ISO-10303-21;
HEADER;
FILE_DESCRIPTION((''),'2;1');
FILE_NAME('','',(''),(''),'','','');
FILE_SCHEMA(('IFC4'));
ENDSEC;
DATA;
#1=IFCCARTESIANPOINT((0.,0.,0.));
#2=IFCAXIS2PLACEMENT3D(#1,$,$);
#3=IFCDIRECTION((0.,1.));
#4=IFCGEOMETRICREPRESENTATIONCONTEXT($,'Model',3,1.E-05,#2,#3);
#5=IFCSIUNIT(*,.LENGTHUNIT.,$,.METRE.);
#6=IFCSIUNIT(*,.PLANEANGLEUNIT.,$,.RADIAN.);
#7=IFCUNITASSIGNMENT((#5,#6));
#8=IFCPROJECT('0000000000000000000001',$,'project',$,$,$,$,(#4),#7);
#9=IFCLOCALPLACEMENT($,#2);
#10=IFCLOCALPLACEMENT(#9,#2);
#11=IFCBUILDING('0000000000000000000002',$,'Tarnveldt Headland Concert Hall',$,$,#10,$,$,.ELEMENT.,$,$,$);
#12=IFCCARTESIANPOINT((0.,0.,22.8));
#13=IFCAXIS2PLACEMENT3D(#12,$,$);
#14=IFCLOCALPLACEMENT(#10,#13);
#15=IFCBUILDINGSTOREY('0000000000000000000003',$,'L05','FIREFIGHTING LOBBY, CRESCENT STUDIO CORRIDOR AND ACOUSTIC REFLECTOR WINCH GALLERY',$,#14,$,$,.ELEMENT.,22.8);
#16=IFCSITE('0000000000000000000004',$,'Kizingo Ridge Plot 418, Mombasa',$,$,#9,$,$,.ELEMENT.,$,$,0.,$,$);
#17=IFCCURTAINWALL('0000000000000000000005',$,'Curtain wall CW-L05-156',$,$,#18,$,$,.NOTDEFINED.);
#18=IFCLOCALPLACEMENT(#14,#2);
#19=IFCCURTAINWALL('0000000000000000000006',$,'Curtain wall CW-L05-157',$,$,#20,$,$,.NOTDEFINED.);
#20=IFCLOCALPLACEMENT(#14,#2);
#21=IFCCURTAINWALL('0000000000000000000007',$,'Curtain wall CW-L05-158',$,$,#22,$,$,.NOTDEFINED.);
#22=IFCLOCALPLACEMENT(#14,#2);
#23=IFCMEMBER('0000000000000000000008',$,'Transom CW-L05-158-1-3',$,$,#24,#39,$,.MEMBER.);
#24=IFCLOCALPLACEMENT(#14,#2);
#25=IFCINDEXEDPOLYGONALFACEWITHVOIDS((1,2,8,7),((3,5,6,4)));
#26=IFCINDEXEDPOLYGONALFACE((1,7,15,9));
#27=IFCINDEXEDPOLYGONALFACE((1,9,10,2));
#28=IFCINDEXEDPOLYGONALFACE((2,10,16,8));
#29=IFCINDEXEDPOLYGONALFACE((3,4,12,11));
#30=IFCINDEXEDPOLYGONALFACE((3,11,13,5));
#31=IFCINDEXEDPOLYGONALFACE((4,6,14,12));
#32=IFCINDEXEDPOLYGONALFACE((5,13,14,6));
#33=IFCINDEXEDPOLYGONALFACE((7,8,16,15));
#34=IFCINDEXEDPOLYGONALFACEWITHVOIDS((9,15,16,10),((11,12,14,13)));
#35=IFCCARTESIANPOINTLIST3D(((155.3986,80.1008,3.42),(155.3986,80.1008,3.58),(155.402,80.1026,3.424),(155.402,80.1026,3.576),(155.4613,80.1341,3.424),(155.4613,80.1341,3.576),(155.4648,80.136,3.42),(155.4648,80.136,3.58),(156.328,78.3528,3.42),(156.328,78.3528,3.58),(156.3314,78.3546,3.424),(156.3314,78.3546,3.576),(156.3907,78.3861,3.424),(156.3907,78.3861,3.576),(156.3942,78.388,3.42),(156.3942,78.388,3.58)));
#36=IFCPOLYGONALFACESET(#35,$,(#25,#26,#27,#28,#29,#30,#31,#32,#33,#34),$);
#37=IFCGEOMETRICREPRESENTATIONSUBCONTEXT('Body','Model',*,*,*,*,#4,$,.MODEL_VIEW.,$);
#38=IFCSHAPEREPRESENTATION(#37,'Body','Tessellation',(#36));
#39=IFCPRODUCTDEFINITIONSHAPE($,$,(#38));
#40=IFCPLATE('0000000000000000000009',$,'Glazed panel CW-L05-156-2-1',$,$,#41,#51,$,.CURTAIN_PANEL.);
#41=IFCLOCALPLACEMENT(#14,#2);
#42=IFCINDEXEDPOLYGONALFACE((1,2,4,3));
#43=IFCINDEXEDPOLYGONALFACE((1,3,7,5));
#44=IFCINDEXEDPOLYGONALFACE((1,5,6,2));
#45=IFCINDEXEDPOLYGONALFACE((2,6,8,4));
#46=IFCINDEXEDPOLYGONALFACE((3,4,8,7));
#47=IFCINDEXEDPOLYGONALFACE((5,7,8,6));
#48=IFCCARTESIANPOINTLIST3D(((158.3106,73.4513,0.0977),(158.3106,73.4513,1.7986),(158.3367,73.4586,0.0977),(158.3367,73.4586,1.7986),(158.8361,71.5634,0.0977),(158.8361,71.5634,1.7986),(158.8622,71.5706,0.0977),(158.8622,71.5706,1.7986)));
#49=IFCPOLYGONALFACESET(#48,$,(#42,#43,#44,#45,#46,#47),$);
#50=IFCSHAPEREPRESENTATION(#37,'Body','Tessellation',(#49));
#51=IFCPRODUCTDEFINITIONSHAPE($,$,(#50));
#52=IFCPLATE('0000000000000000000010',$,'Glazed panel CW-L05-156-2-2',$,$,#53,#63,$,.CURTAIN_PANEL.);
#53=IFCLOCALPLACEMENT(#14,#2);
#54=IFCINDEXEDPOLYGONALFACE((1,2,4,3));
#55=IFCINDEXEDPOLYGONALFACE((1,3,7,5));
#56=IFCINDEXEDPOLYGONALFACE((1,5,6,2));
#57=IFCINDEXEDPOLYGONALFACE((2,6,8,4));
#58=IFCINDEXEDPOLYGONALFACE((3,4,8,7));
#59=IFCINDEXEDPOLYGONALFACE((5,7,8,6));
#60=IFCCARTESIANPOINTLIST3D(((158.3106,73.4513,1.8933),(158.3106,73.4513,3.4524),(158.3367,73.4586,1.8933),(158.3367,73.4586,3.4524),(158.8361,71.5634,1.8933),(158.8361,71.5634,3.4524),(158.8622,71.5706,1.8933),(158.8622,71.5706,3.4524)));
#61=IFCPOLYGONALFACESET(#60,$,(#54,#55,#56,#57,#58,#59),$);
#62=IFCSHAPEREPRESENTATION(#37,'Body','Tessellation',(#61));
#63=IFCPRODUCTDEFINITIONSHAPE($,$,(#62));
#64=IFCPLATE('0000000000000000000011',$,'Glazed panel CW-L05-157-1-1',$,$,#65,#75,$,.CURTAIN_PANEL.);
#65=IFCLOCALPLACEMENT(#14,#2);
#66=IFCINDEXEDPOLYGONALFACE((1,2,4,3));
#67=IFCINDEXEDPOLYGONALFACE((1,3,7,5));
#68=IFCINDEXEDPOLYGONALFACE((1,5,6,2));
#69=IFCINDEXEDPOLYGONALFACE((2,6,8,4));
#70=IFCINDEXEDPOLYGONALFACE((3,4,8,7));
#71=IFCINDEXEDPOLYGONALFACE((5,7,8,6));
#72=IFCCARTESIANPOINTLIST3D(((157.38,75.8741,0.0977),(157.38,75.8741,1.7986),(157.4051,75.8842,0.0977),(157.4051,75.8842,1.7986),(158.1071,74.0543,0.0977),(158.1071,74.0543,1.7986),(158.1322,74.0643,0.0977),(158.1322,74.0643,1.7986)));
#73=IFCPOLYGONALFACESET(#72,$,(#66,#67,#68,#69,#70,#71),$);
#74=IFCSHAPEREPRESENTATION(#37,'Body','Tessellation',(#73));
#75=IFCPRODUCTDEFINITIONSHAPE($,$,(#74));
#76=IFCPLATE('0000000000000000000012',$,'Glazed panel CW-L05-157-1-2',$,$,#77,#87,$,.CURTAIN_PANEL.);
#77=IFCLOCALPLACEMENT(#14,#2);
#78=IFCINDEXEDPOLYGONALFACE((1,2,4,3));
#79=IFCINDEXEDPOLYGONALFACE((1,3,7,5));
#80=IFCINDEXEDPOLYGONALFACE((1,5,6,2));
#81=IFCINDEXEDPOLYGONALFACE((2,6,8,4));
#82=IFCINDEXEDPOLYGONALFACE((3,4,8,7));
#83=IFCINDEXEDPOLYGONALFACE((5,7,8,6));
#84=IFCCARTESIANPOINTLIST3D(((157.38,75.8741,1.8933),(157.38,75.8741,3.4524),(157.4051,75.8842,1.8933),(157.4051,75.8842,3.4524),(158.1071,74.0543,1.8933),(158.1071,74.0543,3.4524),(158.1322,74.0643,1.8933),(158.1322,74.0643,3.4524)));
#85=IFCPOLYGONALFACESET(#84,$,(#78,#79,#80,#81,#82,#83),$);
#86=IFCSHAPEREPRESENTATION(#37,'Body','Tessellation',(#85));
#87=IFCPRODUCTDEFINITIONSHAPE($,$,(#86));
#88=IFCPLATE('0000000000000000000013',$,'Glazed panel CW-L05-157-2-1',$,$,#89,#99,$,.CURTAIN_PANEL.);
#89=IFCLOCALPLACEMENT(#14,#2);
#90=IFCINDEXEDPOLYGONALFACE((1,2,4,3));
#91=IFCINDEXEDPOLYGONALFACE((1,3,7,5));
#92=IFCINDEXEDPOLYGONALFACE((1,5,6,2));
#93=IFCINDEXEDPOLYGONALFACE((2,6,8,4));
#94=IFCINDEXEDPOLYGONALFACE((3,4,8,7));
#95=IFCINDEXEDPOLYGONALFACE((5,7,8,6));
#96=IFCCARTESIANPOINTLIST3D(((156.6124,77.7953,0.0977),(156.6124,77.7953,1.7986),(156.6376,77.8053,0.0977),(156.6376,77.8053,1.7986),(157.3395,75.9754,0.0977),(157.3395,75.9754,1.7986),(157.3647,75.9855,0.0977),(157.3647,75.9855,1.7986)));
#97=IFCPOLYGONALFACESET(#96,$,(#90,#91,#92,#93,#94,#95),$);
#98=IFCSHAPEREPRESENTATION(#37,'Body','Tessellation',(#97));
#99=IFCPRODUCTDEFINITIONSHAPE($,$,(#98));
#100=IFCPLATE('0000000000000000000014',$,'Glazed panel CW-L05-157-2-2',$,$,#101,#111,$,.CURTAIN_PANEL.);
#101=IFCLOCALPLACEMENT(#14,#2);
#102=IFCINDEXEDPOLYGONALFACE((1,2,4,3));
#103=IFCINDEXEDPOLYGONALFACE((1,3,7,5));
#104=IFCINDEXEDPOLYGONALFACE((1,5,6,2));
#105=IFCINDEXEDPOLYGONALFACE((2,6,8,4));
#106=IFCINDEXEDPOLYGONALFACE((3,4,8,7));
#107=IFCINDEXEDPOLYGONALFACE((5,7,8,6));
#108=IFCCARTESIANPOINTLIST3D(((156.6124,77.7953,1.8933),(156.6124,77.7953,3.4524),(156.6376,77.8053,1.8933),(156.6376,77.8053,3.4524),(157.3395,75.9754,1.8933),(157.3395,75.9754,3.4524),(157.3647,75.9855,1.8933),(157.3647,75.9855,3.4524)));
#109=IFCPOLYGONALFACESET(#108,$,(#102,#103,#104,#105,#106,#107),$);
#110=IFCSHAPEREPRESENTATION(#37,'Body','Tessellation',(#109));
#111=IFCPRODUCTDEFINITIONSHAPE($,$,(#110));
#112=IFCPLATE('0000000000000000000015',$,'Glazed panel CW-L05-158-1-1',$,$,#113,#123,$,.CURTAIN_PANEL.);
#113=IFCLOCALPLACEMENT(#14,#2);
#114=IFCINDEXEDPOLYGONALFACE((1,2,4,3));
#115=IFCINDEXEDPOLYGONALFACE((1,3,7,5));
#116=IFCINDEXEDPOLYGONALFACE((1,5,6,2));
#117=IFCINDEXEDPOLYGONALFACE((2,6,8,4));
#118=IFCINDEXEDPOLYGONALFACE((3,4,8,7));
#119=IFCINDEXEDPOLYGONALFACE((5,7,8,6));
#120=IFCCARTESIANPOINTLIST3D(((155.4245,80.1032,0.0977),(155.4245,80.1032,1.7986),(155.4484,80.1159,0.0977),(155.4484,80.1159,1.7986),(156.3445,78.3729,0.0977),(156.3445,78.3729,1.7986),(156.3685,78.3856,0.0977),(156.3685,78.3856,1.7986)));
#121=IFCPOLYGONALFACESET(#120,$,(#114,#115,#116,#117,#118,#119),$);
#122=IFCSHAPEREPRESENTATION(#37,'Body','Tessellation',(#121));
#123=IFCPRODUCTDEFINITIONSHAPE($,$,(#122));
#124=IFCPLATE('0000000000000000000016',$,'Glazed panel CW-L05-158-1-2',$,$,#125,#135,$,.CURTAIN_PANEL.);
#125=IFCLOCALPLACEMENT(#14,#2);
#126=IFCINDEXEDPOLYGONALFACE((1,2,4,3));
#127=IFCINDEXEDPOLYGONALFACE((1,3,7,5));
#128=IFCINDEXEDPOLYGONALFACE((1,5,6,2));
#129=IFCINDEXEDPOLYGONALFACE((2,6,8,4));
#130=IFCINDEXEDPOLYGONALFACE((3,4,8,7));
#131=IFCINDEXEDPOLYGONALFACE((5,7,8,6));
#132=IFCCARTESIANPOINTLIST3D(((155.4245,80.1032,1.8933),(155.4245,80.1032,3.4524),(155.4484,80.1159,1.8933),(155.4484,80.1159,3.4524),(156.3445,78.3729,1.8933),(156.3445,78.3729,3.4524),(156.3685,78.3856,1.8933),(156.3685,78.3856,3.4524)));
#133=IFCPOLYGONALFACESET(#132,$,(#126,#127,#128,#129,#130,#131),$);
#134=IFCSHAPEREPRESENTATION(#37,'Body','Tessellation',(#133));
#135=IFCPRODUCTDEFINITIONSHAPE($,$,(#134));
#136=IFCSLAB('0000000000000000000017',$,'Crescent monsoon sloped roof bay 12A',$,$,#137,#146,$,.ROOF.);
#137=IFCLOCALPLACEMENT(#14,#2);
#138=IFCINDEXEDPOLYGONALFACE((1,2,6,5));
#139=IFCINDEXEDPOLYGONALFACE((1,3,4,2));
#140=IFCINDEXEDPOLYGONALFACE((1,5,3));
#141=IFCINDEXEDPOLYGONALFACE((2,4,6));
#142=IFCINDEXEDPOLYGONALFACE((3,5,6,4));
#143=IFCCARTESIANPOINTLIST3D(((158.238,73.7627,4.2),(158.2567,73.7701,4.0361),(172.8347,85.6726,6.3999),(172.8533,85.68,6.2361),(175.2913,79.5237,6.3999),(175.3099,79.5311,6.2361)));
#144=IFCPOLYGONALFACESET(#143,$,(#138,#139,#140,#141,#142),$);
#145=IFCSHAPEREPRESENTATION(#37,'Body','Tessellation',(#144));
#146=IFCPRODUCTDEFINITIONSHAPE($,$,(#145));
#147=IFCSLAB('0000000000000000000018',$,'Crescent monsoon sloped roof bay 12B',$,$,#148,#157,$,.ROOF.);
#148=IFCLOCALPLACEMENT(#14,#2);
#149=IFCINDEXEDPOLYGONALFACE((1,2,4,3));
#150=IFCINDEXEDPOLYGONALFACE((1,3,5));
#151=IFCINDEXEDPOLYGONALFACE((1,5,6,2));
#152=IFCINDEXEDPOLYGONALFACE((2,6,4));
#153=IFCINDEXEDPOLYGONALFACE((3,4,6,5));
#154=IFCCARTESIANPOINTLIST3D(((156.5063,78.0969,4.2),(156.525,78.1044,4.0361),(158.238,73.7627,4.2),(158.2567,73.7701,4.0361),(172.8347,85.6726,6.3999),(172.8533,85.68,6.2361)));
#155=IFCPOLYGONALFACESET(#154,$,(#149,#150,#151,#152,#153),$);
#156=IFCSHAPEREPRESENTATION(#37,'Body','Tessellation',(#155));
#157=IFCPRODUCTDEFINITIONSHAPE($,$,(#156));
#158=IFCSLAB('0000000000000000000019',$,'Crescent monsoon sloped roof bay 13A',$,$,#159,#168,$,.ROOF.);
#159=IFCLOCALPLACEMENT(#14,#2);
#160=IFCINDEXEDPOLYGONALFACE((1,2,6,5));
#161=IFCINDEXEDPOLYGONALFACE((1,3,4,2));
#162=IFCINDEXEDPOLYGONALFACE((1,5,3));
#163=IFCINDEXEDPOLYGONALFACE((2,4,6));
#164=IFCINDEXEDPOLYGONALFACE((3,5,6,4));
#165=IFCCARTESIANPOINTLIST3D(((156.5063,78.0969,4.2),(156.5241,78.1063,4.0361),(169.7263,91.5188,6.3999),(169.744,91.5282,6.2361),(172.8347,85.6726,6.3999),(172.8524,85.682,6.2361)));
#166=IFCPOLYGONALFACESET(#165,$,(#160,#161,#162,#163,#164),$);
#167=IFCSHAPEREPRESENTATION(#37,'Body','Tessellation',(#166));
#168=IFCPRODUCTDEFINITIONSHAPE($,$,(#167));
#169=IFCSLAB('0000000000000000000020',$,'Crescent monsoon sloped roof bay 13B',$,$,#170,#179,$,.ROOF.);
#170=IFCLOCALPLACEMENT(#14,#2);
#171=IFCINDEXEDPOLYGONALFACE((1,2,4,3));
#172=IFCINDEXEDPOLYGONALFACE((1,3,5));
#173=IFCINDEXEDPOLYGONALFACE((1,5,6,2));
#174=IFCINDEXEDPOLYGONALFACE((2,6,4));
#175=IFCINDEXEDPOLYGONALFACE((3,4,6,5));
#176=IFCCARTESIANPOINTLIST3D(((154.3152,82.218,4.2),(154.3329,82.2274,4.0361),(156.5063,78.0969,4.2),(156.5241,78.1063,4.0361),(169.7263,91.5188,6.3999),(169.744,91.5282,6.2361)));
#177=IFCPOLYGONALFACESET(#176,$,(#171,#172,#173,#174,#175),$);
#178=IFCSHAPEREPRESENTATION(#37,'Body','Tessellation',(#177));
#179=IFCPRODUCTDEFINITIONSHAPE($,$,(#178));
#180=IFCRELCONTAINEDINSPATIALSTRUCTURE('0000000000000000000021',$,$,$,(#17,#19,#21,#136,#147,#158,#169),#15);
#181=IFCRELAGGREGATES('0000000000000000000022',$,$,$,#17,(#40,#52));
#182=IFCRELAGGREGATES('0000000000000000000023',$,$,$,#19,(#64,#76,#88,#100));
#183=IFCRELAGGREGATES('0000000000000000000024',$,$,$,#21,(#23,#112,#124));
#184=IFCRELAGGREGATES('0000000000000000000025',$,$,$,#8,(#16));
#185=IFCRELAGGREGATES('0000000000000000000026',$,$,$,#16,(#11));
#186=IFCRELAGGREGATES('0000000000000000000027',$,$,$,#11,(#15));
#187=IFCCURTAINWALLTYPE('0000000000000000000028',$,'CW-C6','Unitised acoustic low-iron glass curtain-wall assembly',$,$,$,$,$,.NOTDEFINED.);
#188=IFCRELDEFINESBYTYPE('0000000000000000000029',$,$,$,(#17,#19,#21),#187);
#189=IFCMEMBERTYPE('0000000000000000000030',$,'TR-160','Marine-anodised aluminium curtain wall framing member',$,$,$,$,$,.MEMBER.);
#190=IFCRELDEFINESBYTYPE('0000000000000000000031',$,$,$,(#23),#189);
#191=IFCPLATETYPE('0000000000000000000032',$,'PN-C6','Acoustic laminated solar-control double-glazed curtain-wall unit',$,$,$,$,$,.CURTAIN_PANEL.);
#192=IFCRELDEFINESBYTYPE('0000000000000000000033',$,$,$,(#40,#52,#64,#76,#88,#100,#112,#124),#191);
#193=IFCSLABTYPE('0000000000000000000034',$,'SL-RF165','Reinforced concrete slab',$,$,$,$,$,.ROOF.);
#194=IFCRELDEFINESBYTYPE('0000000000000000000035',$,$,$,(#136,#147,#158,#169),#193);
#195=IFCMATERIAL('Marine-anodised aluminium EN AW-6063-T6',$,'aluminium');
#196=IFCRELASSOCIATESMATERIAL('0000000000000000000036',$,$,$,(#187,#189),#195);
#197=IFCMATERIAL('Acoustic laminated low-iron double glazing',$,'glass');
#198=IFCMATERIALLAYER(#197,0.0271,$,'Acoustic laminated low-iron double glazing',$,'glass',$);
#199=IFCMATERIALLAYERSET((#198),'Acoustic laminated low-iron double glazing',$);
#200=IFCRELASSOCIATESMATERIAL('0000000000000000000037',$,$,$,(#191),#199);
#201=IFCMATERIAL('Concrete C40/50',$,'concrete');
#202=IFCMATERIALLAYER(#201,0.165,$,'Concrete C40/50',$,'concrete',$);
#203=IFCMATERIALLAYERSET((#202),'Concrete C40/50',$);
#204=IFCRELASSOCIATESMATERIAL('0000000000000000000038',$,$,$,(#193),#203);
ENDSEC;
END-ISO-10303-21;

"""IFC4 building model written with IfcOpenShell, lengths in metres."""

from ifc_helpers import new_model, si_unit, direction, frame, origin, origin_2d, place, context, subcontext, project, spatial, polyline, rectangle, hollow_rectangle, outline, extrude, material, layer, layer_set, material_profile, profile_set, type_object, element, aggregate, save


model = new_model("IFC4")

# Units and contexts
model_context = context("Model", 3, precision=1e-05, world=origin(), true_north=direction((0.0, 1.0)))
body_context = subcontext(model_context, "Body", "Model", "MODEL_VIEW")
ifc_project = project(units=[si_unit("LENGTHUNIT", "METRE"), si_unit("PLANEANGLEUNIT", "RADIAN")], contexts=[model_context])

# Site, building, storey
site_placement = place(None, origin())
site = spatial("IfcSite", under=ifc_project, at=site_placement, Name="Kizingo Ridge Plot 418, Mombasa", CompositionType="ELEMENT", RefElevation=0.0)
building_placement = place(site_placement, origin())
building = spatial("IfcBuilding", under=site, at=building_placement, Name="Tarnveldt Headland Concert Hall", CompositionType="ELEMENT")
storey_placement = place(building_placement, frame((0.0, 0.0, 22.8)))
storey = spatial("IfcBuildingStorey", under=building, at=storey_placement, Name="L05", Description="FIREFIGHTING LOBBY, CRESCENT STUDIO CORRIDOR AND ACOUSTIC REFLECTOR WINCH GALLERY", CompositionType="ELEMENT", Elevation=22.8)

# Curtain walls
ifc_material_1 = material(Name="Marine-anodised aluminium EN AW-6063-T6", Category="aluminium")
curtain_wall_type = type_object("IfcCurtainWallType", Name="CW-C6", Description="Unitised acoustic low-iron glass curtain-wall assembly", PredefinedType="NOTDEFINED", material=ifc_material_1)
curtain_wall_1_placement = place(storey_placement, origin())
curtain_wall_1 = element("IfcCurtainWall", 1, at=curtain_wall_1_placement, inside=storey, type_object=curtain_wall_type, Name="Curtain wall CW-L05-156", PredefinedType="NOTDEFINED")
curtain_wall_2_placement = place(storey_placement, origin())
curtain_wall_2 = element("IfcCurtainWall", 2, at=curtain_wall_2_placement, inside=storey, type_object=curtain_wall_type, Name="Curtain wall CW-L05-157", PredefinedType="NOTDEFINED")

# Curtain wall
curtain_wall_3_placement = place(storey_placement, origin())
curtain_wall_3 = element("IfcCurtainWall", 3, at=curtain_wall_3_placement, inside=storey, type_object=curtain_wall_type, Name="Curtain wall CW-L05-158", PredefinedType="NOTDEFINED")

# Member
ifc_material_profile_1 = material_profile(ifc_material_1, hollow_rectangle(XDim=0.075, YDim=0.1599, WallThickness=0.0039, at=origin_2d()), Name="ALU TRANSOM 75x160x4", Category="aluminium")
ifc_profile_set_1 = profile_set([ifc_material_profile_1], Name="Marine-anodised aluminium EN AW-6063-T6")
member_type_1 = type_object("IfcMemberType", Name="TR-160", Description="Marine-anodised aluminium curtain wall framing member", PredefinedType="MEMBER", material=ifc_profile_set_1)
member_1_placement = place(storey_placement, frame((156.3611, 78.3704, 3.5), z_axis=(-0.469468, 0.88295, 0.0), x_axis=(-0.88295, -0.469468, 0.0)))
member_1 = element("IfcMember", 4, at=member_1_placement, type_object=member_type_1, Name="Transom CW-L05-158-1-3", PredefinedType="MEMBER", context=body_context, shape_type="SweptSolid", body=[
    extrude(hollow_rectangle(XDim=0.075, YDim=0.1599, WallThickness=0.0039, at=origin_2d()), origin(), (0.0, 0.0, 1.0), 1.9797),
])

# Plates
ifc_material_2 = material(Name="Acoustic laminated low-iron double glazing", Category="glass")
ifc_layer_1 = layer(ifc_material_2, 0.0271, Name="Acoustic laminated low-iron double glazing", Category="glass")
ifc_layer_set_1 = layer_set([ifc_layer_1], Name="Acoustic laminated low-iron double glazing")
plate_type = type_object("IfcPlateType", Name="PN-C6", Description="Acoustic laminated solar-control double-glazed curtain-wall unit", PredefinedType="CURTAIN_PANEL", material=ifc_layer_set_1)
plate_1_placement = place(storey_placement, frame((158.5864, 72.511, 0.0977), z_axis=(0.0, 0.0, 1.0), x_axis=(-0.268146, 0.963378, 0.0)))
plate_1 = element("IfcPlate", 5, at=plate_1_placement, type_object=plate_type, Name="Glazed panel CW-L05-156-2-1", PredefinedType="CURTAIN_PANEL", context=body_context, shape_type="SweptSolid", body=[
    extrude(rectangle(XDim=1.9597, YDim=0.0271, at=origin_2d()), origin(), (0.0, 0.0, 1.0), 1.7009),
])
plate_2_placement = place(storey_placement, frame((158.5864, 72.511, 1.8933), z_axis=(0.0, 0.0, 1.0), x_axis=(-0.268146, 0.963378, 0.0)))
plate_2 = element("IfcPlate", 6, at=plate_2_placement, type_object=plate_type, Name="Glazed panel CW-L05-156-2-2", PredefinedType="CURTAIN_PANEL", context=body_context, shape_type="SweptSolid", body=[
    extrude(rectangle(XDim=1.9597, YDim=0.0271, at=origin_2d()), origin(), (0.0, 0.0, 1.0), 1.5591),
])
aggregate(curtain_wall_1, [plate_1, plate_2])
plate_3_placement = place(storey_placement, frame((157.7561, 74.9692, 0.0977), z_axis=(0.0, 0.0, 1.0), x_axis=(-0.371028, 0.928622, 0.0)))
plate_3 = element("IfcPlate", 7, at=plate_3_placement, type_object=plate_type, Name="Glazed panel CW-L05-157-1-1", PredefinedType="CURTAIN_PANEL", context=body_context, shape_type="SweptSolid", body=[
    extrude(rectangle(XDim=1.9597, YDim=0.0271, at=origin_2d()), origin(), (0.0, 0.0, 1.0), 1.7009),
])
plate_4_placement = place(storey_placement, frame((157.7561, 74.9692, 1.8933), z_axis=(0.0, 0.0, 1.0), x_axis=(-0.371028, 0.928622, 0.0)))
plate_4 = element("IfcPlate", 8, at=plate_4_placement, type_object=plate_type, Name="Glazed panel CW-L05-157-1-2", PredefinedType="CURTAIN_PANEL", context=body_context, shape_type="SweptSolid", body=[
    extrude(rectangle(XDim=1.9597, YDim=0.0271, at=origin_2d()), origin(), (0.0, 0.0, 1.0), 1.5591),
])
plate_5_placement = place(storey_placement, frame((156.9885, 76.8904, 0.0977), z_axis=(0.0, 0.0, 1.0), x_axis=(-0.371028, 0.928622, 0.0)))
plate_5 = element("IfcPlate", 9, at=plate_5_placement, type_object=plate_type, Name="Glazed panel CW-L05-157-2-1", PredefinedType="CURTAIN_PANEL", context=body_context, shape_type="SweptSolid", body=[
    extrude(rectangle(XDim=1.9597, YDim=0.0271, at=origin_2d()), origin(), (0.0, 0.0, 1.0), 1.7009),
])
plate_6_placement = place(storey_placement, frame((156.9885, 76.8904, 1.8933), z_axis=(0.0, 0.0, 1.0), x_axis=(-0.371028, 0.928622, 0.0)))
plate_6 = element("IfcPlate", 10, at=plate_6_placement, type_object=plate_type, Name="Glazed panel CW-L05-157-2-2", PredefinedType="CURTAIN_PANEL", context=body_context, shape_type="SweptSolid", body=[
    extrude(rectangle(XDim=1.9597, YDim=0.0271, at=origin_2d()), origin(), (0.0, 0.0, 1.0), 1.5591),
])
aggregate(curtain_wall_2, [plate_3, plate_4, plate_5, plate_6])
plate_7_placement = place(storey_placement, frame((155.8965, 79.2444, 0.0977), z_axis=(0.0, 0.0, 1.0), x_axis=(-0.469472, 0.882948, 0.0)))
plate_7 = element("IfcPlate", 11, at=plate_7_placement, type_object=plate_type, Name="Glazed panel CW-L05-158-1-1", PredefinedType="CURTAIN_PANEL", context=body_context, shape_type="SweptSolid", body=[
    extrude(rectangle(XDim=1.9597, YDim=0.0271, at=origin_2d()), origin(), (0.0, 0.0, 1.0), 1.7009),
])
plate_8_placement = place(storey_placement, frame((155.8965, 79.2444, 1.8933), z_axis=(0.0, 0.0, 1.0), x_axis=(-0.469472, 0.882948, 0.0)))
plate_8 = element("IfcPlate", 12, at=plate_8_placement, type_object=plate_type, Name="Glazed panel CW-L05-158-1-2", PredefinedType="CURTAIN_PANEL", context=body_context, shape_type="SweptSolid", body=[
    extrude(rectangle(XDim=1.9597, YDim=0.0271, at=origin_2d()), origin(), (0.0, 0.0, 1.0), 1.5591),
])
aggregate(curtain_wall_3, [member_1, plate_7, plate_8])

# Slabs
ifc_material_3 = material(Name="Concrete C40/50", Category="concrete")
ifc_layer_2 = layer(ifc_material_3, 0.165, Name="Concrete C40/50", Category="concrete")
ifc_layer_set_2 = layer_set([ifc_layer_2], Name="Concrete C40/50")
slab_type = type_object("IfcSlabType", Name="SL-RF165", Description="Reinforced concrete slab", PredefinedType="ROOF", material=ifc_layer_set_2)
slab_1_placement = place(storey_placement, frame((158.238, 73.7627, 4.2), z_axis=(-0.112822, -0.045073, 0.992592), x_axis=(0.940402, 0.31769, 0.121317)))
element("IfcSlab", 13, at=slab_1_placement, inside=storey, type_object=slab_type, Name="Crescent monsoon sloped roof bay 12A", PredefinedType="ROOF", context=body_context, shape_type="SweptSolid", body=[
    extrude(outline(polyline([(0.0, 0.0), (18.134, 0.0), (17.7773, 6.6119), (0.0, 0.0)])), origin(), (0.0, 0.0, -1.0), 0.165),
])
slab_2_placement = place(storey_placement, frame((158.238, 73.7627, 4.2), z_axis=(-0.11282, -0.045076, 0.992592), x_axis=(0.769581, 0.627927, 0.115988)))
element("IfcSlab", 14, at=slab_2_placement, inside=storey, type_object=slab_type, Name="Crescent monsoon sloped roof bay 12B", PredefinedType="ROOF", context=body_context, shape_type="SweptSolid", body=[
    extrude(outline(polyline([(0.0, 0.0), (18.967, 0.0), (1.3889, 4.4559), (0.0, 0.0)])), origin(), (0.0, 0.0, -1.0), 0.165),
])
slab_3_placement = place(storey_placement, frame((156.5063, 78.0969, 4.2), z_axis=(-0.107272, -0.057036, 0.992592), x_axis=(0.900422, 0.417758, 0.121316)))
element("IfcSlab", 15, at=slab_3_placement, inside=storey, type_object=slab_type, Name="Crescent monsoon sloped roof bay 13A", PredefinedType="ROOF", context=body_context, shape_type="SweptSolid", body=[
    extrude(outline(polyline([(0.0, 0.0), (18.1341, 0.0), (17.7775, 6.6116), (0.0, 0.0)])), origin(), (0.0, 0.0, -1.0), 0.165),
])
slab_4_placement = place(storey_placement, frame((156.5063, 78.0969, 4.2), z_axis=(-0.107272, -0.057036, 0.992592), x_axis=(0.696992, 0.707637, 0.115987)))
element("IfcSlab", 16, at=slab_4_placement, inside=storey, type_object=slab_type, Name="Crescent monsoon sloped roof bay 13B", PredefinedType="ROOF", context=body_context, shape_type="SweptSolid", body=[
    extrude(outline(polyline([(0.0, 0.0), (18.9672, 0.0), (1.389, 4.4559), (0.0, 0.0)])), origin(), (0.0, 0.0, -1.0), 0.165),
])

save(model, "model.ifc")
